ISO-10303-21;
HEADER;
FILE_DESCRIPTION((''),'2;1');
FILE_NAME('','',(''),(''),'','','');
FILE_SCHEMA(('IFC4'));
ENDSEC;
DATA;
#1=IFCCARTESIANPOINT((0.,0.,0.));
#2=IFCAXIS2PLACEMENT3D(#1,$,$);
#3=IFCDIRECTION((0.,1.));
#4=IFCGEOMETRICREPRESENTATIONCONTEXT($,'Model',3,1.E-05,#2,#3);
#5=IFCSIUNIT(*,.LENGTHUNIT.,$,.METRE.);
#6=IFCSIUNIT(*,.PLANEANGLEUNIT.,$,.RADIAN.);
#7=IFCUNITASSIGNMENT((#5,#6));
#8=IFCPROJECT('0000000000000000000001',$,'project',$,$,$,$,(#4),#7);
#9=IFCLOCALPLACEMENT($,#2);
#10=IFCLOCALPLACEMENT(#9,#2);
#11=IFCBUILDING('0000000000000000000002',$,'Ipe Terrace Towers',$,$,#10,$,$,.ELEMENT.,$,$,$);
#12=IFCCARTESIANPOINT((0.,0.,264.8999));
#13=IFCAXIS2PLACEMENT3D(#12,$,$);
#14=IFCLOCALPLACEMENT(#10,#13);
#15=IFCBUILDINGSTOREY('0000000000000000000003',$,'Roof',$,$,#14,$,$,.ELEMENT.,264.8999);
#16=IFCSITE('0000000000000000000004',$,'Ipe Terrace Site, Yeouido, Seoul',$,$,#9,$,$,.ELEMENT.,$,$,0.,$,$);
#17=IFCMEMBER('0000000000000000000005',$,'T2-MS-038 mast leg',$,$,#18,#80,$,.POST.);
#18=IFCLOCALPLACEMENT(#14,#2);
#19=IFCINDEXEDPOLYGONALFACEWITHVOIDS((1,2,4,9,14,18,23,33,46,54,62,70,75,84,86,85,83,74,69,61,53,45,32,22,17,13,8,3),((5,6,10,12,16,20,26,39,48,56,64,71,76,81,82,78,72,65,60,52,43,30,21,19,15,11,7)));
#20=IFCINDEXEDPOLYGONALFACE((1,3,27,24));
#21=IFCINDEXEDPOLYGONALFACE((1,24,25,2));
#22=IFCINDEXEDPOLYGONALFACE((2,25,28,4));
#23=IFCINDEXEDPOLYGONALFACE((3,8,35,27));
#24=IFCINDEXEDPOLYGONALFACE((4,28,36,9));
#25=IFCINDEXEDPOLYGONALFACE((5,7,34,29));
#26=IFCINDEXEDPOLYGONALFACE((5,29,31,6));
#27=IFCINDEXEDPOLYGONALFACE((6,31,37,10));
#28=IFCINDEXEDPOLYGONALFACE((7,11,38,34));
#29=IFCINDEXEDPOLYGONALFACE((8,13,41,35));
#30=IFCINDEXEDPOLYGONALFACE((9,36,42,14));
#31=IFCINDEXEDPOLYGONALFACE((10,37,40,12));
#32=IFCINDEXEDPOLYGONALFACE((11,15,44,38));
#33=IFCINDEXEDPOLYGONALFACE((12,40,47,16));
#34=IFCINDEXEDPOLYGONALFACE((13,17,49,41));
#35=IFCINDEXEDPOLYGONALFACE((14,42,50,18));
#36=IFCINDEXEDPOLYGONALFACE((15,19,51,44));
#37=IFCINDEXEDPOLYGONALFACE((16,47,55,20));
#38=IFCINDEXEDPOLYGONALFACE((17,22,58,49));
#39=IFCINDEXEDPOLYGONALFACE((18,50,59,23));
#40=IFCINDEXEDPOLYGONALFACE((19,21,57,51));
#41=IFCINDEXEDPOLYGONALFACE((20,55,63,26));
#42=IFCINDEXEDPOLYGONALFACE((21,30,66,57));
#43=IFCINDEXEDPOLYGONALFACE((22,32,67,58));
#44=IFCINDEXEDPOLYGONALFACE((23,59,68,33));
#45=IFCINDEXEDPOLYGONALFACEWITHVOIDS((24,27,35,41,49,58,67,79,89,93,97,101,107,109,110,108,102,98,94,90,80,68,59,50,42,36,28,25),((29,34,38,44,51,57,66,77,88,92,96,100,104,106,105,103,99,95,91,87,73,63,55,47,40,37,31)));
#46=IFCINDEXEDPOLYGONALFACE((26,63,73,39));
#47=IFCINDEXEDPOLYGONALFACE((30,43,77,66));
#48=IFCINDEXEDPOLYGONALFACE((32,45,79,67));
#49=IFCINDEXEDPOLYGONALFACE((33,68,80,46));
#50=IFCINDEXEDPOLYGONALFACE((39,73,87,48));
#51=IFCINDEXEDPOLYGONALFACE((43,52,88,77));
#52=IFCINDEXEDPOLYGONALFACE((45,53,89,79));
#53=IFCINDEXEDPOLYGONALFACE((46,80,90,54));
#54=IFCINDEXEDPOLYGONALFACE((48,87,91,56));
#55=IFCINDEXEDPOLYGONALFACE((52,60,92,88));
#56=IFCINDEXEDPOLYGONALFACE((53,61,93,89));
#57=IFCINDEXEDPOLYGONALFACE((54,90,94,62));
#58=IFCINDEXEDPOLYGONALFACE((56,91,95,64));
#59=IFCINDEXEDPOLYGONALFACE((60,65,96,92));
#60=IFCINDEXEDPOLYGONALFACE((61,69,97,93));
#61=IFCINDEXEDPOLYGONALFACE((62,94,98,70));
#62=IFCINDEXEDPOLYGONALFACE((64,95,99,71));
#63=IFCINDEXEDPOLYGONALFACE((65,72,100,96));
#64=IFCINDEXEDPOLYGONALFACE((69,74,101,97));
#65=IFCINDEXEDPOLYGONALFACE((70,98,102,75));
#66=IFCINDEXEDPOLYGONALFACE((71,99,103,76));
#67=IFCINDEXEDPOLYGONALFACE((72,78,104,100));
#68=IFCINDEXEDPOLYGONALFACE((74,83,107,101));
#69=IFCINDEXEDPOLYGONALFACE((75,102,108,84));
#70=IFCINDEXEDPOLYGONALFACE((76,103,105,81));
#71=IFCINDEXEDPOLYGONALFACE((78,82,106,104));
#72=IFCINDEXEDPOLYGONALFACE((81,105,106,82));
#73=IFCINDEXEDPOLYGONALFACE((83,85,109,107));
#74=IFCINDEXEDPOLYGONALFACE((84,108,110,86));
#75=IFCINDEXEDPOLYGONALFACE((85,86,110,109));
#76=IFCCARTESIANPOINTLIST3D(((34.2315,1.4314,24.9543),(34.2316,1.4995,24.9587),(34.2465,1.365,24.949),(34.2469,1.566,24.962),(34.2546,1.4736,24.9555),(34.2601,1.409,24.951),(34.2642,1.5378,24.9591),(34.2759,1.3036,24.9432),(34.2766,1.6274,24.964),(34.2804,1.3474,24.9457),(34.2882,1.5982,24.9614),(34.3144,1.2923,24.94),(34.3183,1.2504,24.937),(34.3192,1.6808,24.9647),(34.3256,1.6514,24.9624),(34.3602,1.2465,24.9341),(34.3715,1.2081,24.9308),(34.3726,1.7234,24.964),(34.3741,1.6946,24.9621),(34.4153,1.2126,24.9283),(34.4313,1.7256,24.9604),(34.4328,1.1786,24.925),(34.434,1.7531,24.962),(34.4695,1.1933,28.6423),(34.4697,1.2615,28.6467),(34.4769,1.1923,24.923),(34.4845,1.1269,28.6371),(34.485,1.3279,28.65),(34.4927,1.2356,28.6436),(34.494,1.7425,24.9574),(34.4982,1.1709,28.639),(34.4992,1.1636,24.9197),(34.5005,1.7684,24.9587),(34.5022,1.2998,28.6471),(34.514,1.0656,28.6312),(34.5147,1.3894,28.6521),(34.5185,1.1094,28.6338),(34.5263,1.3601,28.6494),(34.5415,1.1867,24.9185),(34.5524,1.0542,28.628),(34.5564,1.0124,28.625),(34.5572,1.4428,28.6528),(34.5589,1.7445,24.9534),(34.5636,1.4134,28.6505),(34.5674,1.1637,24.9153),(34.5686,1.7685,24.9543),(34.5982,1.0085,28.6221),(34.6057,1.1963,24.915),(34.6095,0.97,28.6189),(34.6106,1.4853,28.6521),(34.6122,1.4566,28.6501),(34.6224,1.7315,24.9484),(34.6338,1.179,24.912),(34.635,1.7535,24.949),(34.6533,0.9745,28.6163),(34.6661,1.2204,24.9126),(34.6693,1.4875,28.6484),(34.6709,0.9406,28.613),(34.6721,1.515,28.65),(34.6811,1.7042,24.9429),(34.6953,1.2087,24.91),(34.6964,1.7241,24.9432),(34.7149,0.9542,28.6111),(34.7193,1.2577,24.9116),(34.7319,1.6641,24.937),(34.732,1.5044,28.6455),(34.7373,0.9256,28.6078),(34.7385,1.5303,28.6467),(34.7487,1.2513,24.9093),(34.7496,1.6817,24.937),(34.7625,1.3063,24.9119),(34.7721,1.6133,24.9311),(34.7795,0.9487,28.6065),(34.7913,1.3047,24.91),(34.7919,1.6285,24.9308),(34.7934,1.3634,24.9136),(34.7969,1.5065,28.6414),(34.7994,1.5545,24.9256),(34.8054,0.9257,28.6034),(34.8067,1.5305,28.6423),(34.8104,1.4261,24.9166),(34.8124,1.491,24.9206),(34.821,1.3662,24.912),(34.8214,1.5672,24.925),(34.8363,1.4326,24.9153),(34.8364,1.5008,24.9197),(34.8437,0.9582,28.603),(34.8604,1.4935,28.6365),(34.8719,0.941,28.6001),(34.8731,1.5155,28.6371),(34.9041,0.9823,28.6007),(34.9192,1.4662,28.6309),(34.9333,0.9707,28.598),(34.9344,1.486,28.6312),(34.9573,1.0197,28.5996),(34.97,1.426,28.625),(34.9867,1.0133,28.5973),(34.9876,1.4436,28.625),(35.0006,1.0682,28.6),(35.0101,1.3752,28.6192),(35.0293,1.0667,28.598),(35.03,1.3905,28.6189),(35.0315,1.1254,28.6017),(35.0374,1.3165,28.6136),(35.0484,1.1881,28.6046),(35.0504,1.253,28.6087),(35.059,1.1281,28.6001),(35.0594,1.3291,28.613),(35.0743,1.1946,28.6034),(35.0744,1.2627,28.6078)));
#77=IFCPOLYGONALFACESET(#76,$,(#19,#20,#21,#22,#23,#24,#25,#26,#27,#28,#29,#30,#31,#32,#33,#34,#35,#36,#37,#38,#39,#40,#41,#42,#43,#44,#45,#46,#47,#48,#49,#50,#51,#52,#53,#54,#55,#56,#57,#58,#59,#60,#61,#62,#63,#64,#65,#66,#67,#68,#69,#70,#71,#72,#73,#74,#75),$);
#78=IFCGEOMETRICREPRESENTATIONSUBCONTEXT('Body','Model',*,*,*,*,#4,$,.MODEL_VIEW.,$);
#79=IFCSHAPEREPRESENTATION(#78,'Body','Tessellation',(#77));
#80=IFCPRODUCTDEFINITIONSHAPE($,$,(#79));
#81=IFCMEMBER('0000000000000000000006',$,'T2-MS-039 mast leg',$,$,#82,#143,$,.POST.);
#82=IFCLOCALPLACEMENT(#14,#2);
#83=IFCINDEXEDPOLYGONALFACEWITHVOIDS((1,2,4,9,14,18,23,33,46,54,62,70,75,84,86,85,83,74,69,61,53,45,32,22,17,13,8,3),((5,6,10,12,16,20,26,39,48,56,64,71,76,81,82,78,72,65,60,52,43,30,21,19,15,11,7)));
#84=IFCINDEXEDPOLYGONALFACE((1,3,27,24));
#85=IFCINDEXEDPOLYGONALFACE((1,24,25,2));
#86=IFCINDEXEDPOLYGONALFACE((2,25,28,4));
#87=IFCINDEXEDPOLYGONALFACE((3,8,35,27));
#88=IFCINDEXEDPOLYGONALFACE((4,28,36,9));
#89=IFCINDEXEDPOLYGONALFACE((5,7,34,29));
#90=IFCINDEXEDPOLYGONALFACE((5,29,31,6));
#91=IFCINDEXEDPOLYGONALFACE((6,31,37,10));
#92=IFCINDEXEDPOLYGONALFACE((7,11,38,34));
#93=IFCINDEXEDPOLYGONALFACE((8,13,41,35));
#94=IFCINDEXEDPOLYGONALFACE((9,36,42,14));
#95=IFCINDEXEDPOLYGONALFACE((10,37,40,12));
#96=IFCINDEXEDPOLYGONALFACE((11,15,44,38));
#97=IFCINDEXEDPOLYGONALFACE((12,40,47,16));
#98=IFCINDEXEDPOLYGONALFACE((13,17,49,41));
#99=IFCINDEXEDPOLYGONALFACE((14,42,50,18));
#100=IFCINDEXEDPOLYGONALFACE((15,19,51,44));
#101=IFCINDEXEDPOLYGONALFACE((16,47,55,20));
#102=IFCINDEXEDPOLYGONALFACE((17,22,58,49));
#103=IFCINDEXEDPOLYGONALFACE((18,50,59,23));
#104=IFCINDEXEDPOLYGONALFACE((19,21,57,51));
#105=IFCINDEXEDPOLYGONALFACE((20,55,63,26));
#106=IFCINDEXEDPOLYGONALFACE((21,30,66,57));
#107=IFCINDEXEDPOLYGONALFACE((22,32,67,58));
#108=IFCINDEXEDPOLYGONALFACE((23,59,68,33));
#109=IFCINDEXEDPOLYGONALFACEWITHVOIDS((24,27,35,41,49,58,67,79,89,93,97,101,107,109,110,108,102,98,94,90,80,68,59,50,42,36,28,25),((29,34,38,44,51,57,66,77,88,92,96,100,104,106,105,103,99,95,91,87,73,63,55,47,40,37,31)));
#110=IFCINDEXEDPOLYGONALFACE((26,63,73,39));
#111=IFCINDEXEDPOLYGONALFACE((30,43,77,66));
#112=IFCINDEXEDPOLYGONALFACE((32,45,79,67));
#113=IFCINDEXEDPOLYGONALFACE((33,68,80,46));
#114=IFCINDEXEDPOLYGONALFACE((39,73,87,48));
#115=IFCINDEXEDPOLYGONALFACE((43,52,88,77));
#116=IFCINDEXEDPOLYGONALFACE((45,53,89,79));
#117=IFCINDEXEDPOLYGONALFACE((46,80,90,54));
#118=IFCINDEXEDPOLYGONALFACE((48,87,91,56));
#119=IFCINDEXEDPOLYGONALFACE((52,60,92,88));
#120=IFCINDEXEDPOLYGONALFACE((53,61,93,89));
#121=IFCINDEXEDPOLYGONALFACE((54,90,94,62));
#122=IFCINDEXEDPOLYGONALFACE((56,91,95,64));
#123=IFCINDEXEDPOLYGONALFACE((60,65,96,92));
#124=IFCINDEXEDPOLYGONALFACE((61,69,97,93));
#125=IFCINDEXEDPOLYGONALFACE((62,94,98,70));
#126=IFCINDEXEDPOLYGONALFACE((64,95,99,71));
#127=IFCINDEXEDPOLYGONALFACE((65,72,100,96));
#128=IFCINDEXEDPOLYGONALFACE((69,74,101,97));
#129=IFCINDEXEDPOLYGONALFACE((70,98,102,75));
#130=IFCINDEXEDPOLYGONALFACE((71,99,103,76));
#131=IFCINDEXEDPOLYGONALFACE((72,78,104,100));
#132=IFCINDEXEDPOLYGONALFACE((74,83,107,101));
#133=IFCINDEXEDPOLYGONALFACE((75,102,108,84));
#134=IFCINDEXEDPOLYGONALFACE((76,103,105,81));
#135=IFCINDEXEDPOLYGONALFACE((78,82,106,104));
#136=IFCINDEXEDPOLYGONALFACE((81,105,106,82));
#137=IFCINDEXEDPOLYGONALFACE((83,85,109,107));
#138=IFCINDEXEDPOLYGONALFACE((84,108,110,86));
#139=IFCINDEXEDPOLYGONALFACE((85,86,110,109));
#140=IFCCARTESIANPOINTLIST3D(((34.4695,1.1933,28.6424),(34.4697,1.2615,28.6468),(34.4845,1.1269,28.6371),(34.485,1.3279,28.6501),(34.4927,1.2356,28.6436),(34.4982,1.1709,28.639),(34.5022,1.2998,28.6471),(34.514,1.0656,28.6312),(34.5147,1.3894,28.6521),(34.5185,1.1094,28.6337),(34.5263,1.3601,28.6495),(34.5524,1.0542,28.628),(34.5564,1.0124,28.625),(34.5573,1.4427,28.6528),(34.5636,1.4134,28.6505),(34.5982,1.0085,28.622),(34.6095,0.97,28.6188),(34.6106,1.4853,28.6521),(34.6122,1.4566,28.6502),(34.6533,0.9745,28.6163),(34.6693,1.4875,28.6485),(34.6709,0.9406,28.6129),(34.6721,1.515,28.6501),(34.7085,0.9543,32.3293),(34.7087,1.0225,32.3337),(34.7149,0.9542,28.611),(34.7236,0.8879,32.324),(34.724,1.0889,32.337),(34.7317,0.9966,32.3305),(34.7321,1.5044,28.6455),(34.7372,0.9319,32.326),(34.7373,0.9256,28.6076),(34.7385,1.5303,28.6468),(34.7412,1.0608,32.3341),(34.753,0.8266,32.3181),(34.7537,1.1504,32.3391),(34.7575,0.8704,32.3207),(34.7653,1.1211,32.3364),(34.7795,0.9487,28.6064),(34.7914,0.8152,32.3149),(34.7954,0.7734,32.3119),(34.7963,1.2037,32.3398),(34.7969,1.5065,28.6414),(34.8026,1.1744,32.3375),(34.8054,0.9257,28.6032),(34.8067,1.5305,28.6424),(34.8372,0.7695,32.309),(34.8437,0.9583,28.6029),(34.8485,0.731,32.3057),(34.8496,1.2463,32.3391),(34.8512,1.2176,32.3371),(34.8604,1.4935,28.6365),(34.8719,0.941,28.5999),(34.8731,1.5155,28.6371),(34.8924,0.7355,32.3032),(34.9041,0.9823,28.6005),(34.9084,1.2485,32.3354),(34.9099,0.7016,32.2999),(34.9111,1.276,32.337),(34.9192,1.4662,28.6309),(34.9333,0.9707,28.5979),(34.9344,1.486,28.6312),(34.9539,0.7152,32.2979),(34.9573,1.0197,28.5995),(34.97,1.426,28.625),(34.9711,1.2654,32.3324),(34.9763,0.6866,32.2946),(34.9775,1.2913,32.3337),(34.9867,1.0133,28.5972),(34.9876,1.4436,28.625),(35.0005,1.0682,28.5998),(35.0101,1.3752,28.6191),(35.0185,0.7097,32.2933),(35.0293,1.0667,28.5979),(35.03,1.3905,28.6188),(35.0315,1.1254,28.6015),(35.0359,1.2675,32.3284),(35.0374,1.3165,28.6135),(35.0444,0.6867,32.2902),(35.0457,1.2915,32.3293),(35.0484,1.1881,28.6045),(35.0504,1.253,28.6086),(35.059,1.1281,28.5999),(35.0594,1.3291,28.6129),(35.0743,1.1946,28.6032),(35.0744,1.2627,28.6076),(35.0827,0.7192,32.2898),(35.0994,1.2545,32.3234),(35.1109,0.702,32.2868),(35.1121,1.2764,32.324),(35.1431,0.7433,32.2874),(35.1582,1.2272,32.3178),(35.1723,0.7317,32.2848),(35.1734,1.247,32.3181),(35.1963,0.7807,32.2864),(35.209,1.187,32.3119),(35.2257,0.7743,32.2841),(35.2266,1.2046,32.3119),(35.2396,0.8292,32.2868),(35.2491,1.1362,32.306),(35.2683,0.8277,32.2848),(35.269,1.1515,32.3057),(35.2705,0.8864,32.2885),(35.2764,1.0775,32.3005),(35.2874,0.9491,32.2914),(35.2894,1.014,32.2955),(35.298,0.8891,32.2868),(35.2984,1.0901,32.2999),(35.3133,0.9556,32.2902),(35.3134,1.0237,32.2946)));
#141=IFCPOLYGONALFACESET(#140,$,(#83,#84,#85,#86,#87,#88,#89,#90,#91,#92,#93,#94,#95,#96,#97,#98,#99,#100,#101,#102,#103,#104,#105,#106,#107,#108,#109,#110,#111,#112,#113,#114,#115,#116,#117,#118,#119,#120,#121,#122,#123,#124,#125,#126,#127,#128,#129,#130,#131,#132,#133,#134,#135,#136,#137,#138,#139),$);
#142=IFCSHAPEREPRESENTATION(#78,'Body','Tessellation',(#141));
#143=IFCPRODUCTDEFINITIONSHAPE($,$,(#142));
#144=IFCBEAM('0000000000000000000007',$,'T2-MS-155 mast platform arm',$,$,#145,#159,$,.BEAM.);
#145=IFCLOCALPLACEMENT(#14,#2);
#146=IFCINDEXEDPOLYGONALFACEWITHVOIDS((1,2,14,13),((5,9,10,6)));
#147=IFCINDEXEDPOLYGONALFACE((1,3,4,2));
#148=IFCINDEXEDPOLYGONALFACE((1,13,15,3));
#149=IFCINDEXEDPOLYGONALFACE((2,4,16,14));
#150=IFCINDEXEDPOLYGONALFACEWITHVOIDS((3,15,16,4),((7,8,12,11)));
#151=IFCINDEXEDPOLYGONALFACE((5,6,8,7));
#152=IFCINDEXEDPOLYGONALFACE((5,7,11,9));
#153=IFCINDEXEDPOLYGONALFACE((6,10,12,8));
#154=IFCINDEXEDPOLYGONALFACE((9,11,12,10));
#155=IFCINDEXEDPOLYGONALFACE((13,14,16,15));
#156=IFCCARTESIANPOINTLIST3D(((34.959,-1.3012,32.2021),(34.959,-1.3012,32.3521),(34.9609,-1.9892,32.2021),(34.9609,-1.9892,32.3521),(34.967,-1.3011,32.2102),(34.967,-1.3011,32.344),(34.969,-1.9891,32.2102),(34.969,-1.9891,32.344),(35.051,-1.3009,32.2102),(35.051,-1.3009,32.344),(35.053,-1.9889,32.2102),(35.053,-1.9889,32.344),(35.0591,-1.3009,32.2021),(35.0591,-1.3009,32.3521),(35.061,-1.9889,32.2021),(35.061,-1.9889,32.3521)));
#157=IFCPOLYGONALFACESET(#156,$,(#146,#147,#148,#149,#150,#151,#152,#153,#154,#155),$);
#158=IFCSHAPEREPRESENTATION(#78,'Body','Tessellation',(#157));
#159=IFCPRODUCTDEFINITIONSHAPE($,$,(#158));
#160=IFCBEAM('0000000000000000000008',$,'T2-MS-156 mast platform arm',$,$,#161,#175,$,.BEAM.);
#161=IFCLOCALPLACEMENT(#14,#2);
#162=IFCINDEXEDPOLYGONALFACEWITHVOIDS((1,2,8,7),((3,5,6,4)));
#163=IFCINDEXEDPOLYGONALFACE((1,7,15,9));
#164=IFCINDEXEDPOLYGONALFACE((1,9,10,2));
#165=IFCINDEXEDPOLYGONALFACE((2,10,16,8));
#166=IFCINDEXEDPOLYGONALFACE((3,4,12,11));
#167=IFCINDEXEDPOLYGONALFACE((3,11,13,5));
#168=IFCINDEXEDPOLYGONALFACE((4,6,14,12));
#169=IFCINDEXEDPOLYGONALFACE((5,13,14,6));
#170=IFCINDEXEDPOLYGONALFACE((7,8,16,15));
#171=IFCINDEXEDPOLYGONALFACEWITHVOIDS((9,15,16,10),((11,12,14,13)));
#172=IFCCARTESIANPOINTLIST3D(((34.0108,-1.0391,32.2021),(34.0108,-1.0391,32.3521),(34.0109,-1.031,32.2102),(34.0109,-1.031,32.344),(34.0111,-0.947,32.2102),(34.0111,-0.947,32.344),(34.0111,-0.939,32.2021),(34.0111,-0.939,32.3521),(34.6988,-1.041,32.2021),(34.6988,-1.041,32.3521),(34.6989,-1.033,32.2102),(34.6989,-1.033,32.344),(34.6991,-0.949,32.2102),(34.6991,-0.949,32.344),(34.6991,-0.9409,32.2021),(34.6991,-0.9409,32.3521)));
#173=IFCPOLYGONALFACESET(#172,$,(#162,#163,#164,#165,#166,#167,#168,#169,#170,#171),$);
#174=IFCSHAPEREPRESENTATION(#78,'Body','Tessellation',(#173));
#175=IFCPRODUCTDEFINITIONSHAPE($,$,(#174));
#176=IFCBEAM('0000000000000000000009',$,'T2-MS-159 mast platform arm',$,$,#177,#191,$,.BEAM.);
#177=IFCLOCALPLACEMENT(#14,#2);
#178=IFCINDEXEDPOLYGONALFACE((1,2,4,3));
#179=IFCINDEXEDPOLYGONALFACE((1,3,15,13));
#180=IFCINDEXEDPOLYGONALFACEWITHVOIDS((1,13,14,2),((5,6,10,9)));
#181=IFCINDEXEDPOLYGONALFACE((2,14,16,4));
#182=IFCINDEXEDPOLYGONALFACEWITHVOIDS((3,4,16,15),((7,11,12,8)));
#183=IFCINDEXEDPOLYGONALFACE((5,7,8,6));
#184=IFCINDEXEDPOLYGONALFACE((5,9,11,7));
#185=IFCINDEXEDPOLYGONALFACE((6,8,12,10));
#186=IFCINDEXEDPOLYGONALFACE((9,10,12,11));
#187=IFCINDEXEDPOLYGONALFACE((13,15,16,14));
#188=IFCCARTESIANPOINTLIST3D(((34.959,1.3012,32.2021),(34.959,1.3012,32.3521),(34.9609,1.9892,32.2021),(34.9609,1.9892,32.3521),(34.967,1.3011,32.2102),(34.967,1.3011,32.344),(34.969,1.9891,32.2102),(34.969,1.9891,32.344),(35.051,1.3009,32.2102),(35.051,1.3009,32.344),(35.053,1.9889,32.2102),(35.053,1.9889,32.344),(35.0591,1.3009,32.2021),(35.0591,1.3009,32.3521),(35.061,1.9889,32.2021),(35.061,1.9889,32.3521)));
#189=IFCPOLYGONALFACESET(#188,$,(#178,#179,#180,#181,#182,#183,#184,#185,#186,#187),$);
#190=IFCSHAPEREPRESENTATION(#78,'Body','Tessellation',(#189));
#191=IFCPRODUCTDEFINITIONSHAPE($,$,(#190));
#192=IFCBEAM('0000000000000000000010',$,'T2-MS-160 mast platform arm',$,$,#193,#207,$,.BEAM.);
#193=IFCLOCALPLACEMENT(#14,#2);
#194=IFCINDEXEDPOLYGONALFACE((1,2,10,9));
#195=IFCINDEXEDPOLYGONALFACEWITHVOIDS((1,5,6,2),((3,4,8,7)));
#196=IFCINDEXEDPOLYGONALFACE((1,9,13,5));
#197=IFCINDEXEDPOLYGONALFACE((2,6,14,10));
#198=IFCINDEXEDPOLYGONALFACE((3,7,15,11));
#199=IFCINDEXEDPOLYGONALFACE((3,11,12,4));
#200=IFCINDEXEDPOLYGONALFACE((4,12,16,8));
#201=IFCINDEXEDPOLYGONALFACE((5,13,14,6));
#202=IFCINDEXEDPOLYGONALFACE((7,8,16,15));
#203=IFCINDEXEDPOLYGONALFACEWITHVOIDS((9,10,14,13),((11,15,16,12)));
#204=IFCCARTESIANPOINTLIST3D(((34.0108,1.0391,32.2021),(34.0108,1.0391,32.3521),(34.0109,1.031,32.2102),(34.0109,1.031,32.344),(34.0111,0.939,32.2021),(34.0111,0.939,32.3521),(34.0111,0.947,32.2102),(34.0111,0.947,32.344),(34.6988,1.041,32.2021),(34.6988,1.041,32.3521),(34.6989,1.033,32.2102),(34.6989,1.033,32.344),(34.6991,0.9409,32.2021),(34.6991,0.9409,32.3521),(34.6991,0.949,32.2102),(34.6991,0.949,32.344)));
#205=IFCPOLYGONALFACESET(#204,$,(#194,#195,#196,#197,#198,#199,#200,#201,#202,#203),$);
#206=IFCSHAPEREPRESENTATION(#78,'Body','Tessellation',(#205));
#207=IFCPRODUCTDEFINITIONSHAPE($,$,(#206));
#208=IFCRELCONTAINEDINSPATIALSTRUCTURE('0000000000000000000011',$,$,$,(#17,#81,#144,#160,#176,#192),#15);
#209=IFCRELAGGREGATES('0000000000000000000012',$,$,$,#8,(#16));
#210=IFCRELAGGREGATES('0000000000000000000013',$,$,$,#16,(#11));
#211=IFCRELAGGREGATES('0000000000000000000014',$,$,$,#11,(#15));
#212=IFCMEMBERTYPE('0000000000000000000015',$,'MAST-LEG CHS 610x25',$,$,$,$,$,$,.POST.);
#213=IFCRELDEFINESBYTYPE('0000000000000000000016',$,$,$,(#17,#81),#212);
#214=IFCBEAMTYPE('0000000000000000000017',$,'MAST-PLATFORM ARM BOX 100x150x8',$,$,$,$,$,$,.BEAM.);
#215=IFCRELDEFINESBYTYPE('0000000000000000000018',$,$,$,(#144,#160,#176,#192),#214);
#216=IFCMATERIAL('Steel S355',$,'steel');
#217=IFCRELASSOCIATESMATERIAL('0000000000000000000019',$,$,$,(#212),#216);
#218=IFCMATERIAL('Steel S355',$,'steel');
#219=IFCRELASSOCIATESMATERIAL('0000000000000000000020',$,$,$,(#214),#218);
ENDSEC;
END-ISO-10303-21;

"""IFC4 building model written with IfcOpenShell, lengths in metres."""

from ifc_helpers import new_model, si_unit, direction, frame, origin, origin_2d, place, context, subcontext, project, spatial, hollow_rectangle, hollow_circle, extrude, material, material_profile, profile_set, type_object, element, save


model = new_model("IFC4")

# Units and contexts
model_context = context("Model", 3, precision=1e-05, world=origin(), true_north=direction((0.0, 1.0)))
body_context = subcontext(model_context, "Body", "Model", "MODEL_VIEW")
ifc_project = project(units=[si_unit("LENGTHUNIT", "METRE"), si_unit("PLANEANGLEUNIT", "RADIAN")], contexts=[model_context])

# Site, building, storey
site_placement = place(None, origin())
site = spatial("IfcSite", under=ifc_project, at=site_placement, Name="Ipe Terrace Site, Yeouido, Seoul", CompositionType="ELEMENT", RefElevation=0.0)
building_placement = place(site_placement, origin())
building = spatial("IfcBuilding", under=site, at=building_placement, Name="Ipe Terrace Towers", CompositionType="ELEMENT")
storey_placement = place(building_placement, frame((0.0, 0.0, 264.8999)))
storey = spatial("IfcBuildingStorey", under=building, at=storey_placement, Name="Roof", CompositionType="ELEMENT", Elevation=264.8999)

# Members
ifc_material_1 = material(Name="Steel S355", Category="steel")
ifc_material_profile_1 = material_profile(ifc_material_1, hollow_circle(Radius=0.3049, WallThickness=0.0249, at=origin_2d()), Name="MAST-LEG CHS 610x25")
ifc_profile_set_1 = profile_set([ifc_material_profile_1], Name="Steel S355")
member_type_1 = type_object("IfcMemberType", Name="MAST-LEG CHS 610x25", PredefinedType="POST", material=ifc_profile_set_1)
member_1_placement = place(storey_placement, frame((34.5339, 1.4661, 24.937), z_axis=(0.064277, -0.064277, 0.99586), x_axis=(0.707107, 0.707107, 0.0)))
element("IfcMember", 1, at=member_1_placement, inside=storey, type_object=member_type_1, Name="T2-MS-038 mast leg", PredefinedType="POST", context=body_context, shape_type="SweptSolid", body=[
    extrude(hollow_circle(Radius=0.3049, WallThickness=0.0249, at=origin_2d()), origin(), (0.0, 0.0, 1.0), 3.7034),
])
member_2_placement = place(storey_placement, frame((34.772, 1.228, 28.625), z_axis=(0.064555, -0.064555, 0.995824), x_axis=(0.707107, 0.707107, 0.0)))
element("IfcMember", 2, at=member_2_placement, inside=storey, type_object=member_type_1, Name="T2-MS-039 mast leg", PredefinedType="POST", context=body_context, shape_type="SweptSolid", body=[
    extrude(hollow_circle(Radius=0.3049, WallThickness=0.0249, at=origin_2d()), origin(), (0.0, 0.0, 1.0), 3.7024),
])

# Beams
ifc_material_2 = material(Name="Steel S355", Category="steel")
ifc_material_profile_2 = material_profile(ifc_material_2, hollow_rectangle(XDim=0.1001, YDim=0.1499, WallThickness=0.0081, at=origin_2d()), Name="MAST-PLATFORM ARM BOX 100x150x8")
ifc_profile_set_2 = profile_set([ifc_material_profile_2], Name="Steel S355")
beam_type_1 = type_object("IfcBeamType", Name="MAST-PLATFORM ARM BOX 100x150x8", PredefinedType="BEAM", material=ifc_profile_set_2)
for number, where, z_axis, x_axis, name in (
    (3, (35.009, -1.301, 32.2771), (0.002839, -0.999996, 0.0), (0.999996, 0.002839, 0.0), "T2-MS-155 mast platform arm"),
    (4, (34.699, -0.991, 32.2771), (-0.999996, 0.002839, 0.0), (-0.002839, -0.999996, 0.0), "T2-MS-156 mast platform arm"),
    (5, (35.009, 1.301, 32.2771), (0.002839, 0.999996, 0.0), (-0.999996, 0.002839, 0.0), "T2-MS-159 mast platform arm"),
    (6, (34.699, 0.991, 32.2771), (-0.999996, -0.002839, 0.0), (0.002839, -0.999996, 0.0), "T2-MS-160 mast platform arm"),
):
    element("IfcBeam", number, at=place(storey_placement, frame(where, z_axis=z_axis, x_axis=x_axis)), inside=storey, type_object=beam_type_1, Name=name, PredefinedType="BEAM", context=body_context, shape_type="SweptSolid", body=[
        extrude(hollow_rectangle(XDim=0.1001, YDim=0.1499, WallThickness=0.0081, at=origin_2d()), origin(), (0.0, 0.0, 1.0), 0.688),
    ])

save(model, "model.ifc")
